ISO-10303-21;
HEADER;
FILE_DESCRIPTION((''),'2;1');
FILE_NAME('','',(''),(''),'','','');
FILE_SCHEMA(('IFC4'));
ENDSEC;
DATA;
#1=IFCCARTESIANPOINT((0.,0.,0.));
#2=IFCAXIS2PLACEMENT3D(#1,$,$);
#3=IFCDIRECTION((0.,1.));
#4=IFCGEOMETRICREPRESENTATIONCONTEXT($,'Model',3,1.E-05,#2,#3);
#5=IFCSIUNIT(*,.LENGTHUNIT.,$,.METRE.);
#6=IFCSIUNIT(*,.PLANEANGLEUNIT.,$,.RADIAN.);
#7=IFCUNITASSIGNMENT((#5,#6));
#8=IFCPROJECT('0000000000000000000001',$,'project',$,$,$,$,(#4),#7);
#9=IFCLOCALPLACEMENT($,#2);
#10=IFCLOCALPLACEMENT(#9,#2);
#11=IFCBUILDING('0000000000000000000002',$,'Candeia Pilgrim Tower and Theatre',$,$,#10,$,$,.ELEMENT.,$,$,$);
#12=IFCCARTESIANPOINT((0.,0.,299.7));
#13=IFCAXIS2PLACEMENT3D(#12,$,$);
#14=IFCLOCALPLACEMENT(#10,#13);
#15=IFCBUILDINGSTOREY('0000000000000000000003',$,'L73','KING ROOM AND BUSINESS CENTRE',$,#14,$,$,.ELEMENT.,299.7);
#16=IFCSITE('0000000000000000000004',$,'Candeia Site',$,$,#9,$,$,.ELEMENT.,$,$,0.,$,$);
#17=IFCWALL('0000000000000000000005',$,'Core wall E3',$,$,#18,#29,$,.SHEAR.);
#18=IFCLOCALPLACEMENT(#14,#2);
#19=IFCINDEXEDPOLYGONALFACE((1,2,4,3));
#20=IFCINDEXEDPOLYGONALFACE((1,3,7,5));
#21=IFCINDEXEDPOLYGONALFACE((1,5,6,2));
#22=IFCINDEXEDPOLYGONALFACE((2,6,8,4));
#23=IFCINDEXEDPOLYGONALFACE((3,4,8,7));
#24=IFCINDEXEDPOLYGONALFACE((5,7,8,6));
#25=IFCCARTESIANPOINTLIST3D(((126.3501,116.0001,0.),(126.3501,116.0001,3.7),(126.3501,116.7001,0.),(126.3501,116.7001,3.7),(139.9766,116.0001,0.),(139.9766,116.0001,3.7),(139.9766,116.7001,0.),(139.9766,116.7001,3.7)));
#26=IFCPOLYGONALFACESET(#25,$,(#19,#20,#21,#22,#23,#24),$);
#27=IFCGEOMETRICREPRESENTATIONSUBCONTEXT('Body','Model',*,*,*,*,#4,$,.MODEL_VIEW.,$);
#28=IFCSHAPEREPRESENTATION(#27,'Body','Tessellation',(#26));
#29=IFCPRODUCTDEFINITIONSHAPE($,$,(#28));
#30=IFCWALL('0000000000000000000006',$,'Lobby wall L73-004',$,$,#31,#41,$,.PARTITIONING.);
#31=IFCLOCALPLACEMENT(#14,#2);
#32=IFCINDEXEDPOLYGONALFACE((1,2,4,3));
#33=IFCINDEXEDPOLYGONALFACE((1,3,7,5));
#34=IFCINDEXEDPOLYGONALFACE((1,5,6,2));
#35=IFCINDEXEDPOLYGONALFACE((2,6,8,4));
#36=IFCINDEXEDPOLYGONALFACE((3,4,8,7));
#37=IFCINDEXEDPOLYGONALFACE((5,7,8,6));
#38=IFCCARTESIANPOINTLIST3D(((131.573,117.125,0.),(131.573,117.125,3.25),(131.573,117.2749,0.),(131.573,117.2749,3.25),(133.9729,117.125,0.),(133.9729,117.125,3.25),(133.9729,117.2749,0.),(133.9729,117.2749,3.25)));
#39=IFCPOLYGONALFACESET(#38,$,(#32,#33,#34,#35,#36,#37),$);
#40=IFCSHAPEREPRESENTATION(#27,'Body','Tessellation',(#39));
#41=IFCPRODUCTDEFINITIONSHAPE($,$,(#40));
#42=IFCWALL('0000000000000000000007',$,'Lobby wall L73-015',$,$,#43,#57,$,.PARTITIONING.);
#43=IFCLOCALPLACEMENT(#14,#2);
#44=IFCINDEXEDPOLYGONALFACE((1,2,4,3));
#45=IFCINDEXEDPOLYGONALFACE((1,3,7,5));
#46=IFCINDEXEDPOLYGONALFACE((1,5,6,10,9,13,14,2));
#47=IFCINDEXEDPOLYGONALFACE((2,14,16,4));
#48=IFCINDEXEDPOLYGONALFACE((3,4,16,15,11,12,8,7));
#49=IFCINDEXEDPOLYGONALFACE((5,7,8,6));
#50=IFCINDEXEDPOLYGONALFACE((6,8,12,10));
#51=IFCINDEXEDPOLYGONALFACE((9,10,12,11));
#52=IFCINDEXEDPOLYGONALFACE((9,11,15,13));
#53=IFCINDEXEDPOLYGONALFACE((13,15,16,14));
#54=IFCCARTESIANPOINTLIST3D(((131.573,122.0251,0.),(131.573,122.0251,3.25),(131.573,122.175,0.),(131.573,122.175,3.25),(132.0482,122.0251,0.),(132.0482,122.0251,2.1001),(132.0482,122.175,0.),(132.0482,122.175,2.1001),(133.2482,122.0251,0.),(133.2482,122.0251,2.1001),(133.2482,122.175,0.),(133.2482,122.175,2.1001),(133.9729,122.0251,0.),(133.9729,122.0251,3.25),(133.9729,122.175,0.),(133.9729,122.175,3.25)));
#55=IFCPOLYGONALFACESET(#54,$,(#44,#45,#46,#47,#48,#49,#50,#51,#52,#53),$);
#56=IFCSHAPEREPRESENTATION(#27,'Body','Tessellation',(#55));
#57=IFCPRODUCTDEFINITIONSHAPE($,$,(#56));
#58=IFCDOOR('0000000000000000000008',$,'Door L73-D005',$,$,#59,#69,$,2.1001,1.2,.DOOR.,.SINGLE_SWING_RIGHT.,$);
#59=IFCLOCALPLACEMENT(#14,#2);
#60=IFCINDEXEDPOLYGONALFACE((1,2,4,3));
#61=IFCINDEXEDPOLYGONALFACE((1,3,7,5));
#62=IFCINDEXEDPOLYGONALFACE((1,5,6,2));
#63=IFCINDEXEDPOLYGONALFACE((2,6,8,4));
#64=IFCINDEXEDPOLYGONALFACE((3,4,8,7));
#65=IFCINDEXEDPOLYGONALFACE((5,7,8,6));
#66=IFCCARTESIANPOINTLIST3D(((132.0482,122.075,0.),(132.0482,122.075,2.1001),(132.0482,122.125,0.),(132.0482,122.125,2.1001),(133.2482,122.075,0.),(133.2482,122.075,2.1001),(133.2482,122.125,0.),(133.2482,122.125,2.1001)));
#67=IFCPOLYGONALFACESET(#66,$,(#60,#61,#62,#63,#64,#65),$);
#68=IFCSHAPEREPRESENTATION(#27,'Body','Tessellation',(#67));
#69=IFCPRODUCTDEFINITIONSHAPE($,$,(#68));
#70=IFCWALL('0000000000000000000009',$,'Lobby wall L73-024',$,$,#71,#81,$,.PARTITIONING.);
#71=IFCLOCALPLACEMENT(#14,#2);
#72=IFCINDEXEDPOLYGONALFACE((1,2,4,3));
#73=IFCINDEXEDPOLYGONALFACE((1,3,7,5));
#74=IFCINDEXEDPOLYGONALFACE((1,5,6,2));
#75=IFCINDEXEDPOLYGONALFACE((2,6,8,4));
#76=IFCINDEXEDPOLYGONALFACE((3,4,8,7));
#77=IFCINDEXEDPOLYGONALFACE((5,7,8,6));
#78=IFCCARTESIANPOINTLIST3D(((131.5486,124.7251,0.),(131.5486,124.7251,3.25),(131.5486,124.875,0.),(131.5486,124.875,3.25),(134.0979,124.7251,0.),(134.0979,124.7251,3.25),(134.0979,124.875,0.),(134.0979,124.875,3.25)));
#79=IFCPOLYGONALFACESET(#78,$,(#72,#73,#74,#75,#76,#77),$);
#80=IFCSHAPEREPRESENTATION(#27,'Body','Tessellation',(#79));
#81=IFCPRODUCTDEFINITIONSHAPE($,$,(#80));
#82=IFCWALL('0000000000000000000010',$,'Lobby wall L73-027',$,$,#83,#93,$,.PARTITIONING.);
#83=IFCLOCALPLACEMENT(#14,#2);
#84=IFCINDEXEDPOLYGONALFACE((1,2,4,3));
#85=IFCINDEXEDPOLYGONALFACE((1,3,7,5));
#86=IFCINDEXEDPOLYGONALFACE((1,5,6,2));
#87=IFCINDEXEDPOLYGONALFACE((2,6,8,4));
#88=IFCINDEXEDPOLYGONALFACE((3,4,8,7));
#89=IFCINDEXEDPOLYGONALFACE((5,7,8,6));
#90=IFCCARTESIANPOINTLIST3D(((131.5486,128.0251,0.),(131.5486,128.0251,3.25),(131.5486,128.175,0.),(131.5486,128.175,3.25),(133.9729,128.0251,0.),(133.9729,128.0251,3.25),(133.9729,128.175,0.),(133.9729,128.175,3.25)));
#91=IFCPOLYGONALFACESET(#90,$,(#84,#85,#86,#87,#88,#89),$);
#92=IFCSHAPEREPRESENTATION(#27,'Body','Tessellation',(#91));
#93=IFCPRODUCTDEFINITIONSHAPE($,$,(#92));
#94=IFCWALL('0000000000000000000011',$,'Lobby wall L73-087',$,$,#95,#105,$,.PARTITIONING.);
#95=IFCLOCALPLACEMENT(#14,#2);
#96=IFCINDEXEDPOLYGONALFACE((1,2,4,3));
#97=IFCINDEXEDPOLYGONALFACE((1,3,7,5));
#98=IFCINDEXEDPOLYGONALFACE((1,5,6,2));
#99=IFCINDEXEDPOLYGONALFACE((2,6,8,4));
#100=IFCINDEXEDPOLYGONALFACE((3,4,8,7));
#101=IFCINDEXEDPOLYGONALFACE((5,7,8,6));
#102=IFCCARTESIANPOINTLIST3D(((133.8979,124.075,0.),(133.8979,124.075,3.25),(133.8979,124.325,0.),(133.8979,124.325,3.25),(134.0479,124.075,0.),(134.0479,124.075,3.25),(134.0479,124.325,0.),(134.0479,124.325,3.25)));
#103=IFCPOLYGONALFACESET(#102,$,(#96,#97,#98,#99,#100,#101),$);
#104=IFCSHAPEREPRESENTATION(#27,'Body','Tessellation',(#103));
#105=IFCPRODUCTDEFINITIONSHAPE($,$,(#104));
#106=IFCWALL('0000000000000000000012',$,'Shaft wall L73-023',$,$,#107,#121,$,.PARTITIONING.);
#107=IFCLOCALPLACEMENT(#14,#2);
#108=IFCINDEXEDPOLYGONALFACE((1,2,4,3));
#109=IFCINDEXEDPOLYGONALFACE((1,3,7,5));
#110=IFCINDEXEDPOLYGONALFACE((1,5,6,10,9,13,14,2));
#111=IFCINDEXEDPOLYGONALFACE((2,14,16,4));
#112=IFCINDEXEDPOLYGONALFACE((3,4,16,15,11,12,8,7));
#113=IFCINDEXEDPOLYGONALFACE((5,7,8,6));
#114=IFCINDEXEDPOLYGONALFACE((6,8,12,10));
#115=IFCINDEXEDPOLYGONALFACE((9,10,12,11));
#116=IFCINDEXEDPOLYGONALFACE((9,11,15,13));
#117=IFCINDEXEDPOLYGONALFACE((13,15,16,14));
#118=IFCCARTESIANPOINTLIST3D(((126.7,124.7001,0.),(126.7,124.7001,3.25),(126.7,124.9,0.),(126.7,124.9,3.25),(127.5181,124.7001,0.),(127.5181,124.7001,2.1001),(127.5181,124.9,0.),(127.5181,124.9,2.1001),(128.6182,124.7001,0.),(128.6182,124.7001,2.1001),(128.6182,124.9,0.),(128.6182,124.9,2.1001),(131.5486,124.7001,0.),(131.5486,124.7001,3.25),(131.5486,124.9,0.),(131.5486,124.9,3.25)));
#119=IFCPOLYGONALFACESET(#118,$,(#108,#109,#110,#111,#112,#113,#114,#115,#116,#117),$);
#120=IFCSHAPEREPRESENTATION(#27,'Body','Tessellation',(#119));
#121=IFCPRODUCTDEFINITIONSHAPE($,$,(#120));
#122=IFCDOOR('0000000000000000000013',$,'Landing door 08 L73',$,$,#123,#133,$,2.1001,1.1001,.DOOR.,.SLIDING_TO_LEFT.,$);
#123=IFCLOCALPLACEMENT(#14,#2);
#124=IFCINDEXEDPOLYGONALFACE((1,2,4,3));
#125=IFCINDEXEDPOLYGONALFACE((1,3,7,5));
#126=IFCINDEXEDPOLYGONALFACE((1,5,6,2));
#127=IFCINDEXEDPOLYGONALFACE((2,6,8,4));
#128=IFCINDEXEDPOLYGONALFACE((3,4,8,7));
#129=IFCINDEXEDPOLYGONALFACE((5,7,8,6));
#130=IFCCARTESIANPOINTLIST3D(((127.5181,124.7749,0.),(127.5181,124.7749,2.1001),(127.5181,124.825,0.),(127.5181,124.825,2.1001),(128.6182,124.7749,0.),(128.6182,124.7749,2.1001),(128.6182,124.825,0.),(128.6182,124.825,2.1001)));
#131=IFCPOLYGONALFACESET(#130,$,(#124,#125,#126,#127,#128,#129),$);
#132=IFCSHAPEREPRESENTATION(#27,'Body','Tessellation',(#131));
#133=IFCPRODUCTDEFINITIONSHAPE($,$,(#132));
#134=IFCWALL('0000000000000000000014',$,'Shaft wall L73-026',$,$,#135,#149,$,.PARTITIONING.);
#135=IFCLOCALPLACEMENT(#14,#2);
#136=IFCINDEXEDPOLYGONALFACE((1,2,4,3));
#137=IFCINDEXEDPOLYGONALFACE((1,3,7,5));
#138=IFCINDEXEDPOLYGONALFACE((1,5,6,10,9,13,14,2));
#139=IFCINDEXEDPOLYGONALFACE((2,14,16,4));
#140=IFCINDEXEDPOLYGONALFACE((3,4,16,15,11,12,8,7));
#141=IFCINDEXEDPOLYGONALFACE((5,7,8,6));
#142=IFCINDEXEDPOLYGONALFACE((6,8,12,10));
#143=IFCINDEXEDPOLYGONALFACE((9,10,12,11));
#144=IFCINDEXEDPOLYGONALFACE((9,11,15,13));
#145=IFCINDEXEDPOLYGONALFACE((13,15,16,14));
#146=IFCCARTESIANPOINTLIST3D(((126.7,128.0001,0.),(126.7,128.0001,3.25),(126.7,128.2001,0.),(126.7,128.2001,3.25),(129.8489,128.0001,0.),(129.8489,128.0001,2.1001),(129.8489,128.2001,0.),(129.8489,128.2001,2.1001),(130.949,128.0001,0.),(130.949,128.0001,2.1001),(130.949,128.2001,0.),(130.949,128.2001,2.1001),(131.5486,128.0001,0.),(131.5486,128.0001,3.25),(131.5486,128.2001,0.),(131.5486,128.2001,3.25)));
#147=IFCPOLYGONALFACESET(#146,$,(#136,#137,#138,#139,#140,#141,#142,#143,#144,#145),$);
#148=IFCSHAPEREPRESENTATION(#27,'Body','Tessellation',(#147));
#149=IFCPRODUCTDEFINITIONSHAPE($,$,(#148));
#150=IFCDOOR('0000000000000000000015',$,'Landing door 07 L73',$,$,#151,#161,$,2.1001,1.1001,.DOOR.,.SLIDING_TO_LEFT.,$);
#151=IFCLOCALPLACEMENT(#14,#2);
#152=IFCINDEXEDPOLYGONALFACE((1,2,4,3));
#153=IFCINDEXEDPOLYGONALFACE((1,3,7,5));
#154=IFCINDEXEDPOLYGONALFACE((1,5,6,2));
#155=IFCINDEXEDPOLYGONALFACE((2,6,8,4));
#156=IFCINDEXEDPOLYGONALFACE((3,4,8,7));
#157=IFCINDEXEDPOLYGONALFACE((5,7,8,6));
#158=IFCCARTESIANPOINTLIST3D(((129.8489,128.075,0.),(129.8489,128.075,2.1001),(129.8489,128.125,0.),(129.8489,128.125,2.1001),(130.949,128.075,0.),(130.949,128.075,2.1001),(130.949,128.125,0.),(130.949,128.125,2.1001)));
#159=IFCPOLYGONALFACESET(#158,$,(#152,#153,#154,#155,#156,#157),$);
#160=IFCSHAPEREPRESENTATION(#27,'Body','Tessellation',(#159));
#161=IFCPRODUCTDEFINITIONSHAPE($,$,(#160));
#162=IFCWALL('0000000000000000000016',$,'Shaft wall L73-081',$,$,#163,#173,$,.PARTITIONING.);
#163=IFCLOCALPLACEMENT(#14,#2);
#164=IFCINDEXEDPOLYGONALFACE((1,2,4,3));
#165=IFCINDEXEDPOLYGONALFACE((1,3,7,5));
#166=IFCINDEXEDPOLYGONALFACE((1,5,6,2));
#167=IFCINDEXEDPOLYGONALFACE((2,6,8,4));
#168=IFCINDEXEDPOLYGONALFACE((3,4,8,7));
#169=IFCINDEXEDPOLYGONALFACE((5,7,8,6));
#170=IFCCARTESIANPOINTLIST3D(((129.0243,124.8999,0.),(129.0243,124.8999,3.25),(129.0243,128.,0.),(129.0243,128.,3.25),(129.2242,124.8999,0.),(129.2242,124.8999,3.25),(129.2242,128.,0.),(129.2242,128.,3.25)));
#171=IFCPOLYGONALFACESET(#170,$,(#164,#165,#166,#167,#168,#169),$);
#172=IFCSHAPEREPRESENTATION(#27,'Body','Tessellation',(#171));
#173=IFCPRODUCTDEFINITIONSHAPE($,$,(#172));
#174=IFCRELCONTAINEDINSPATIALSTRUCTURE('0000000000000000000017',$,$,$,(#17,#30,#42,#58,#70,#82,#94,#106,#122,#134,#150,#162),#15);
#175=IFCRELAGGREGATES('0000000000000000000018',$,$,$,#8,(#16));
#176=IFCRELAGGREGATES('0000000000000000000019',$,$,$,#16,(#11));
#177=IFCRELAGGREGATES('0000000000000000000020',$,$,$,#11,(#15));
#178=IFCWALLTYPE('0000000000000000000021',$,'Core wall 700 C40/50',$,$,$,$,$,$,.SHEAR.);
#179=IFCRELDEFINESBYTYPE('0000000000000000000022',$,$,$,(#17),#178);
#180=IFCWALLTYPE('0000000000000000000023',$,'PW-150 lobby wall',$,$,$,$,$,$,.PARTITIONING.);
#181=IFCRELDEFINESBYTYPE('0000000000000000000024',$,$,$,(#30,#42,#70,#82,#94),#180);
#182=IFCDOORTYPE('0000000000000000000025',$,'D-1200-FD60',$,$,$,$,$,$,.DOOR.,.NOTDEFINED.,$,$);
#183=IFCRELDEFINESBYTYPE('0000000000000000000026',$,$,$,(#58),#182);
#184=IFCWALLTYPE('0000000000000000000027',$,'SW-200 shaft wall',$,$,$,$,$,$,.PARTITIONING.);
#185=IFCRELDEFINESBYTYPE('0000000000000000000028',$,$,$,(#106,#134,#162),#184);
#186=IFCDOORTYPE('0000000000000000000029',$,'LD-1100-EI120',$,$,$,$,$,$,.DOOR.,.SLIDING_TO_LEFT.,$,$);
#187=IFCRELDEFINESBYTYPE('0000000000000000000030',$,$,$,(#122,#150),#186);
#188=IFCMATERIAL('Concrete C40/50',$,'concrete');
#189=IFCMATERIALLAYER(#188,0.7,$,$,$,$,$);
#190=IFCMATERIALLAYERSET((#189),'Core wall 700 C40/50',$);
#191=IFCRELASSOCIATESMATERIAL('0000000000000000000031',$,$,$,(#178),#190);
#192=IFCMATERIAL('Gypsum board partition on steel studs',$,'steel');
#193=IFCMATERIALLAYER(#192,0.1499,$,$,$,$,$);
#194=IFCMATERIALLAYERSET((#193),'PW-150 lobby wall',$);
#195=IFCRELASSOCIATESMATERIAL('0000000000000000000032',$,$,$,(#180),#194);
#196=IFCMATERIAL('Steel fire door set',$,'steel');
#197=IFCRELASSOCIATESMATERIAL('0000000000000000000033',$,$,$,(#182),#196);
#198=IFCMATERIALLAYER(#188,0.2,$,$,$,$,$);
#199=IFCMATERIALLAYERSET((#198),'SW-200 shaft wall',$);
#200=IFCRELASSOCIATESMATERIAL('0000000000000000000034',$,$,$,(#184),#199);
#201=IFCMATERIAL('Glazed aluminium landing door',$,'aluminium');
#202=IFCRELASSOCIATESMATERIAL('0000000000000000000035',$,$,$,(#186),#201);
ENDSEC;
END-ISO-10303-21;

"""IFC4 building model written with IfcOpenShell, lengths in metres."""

from ifc_helpers import new_model, si_unit, direction, frame, frame_2d, origin, place, context, subcontext, project, spatial, rectangle, extrude, material, layer, layer_set, type_object, element, fill, save


model = new_model("IFC4")

# Units and contexts
model_context = context("Model", 3, precision=1e-05, world=origin(), true_north=direction((0.0, 1.0)))
body_context = subcontext(model_context, "Body", "Model", "MODEL_VIEW")
ifc_project = project(units=[si_unit("LENGTHUNIT", "METRE"), si_unit("PLANEANGLEUNIT", "RADIAN")], contexts=[model_context])

# Site, building, storey
site_placement = place(None, origin())
site = spatial("IfcSite", under=ifc_project, at=site_placement, Name="Candeia Site", CompositionType="ELEMENT", RefElevation=0.0)
building_placement = place(site_placement, origin())
building = spatial("IfcBuilding", under=site, at=building_placement, Name="Candeia Pilgrim Tower and Theatre", CompositionType="ELEMENT")
storey_placement = place(building_placement, frame((0.0, 0.0, 299.7)))
storey = spatial("IfcBuildingStorey", under=building, at=storey_placement, Name="L73", Description="KING ROOM AND BUSINESS CENTRE", CompositionType="ELEMENT", Elevation=299.7)

# Walls
ifc_material_1 = material(Name="Concrete C40/50", Category="concrete")
ifc_layer_1 = layer(ifc_material_1, 0.7)
ifc_layer_set_1 = layer_set([ifc_layer_1], Name="Core wall 700 C40/50")
wall_type_1 = type_object("IfcWallType", Name="Core wall 700 C40/50", PredefinedType="SHEAR", material=ifc_layer_set_1)
wall_1_placement = place(storey_placement, frame((139.9766, 116.3501, 0.0), z_axis=(0.0, 0.0, 1.0), x_axis=(-1.0, 0.0, 0.0)))
element("IfcWall", 1, at=wall_1_placement, inside=storey, type_object=wall_type_1, Name="Core wall E3", PredefinedType="SHEAR", context=body_context, shape_type="SweptSolid", body=[
    extrude(rectangle(XDim=13.6265, YDim=0.7, at=frame_2d((6.8132, 0.0))), origin(), (0.0, 0.0, 1.0), 3.7),
])
ifc_material_2 = material(Name="Gypsum board partition on steel studs", Category="steel")
ifc_layer_2 = layer(ifc_material_2, 0.1499)
ifc_layer_set_2 = layer_set([ifc_layer_2], Name="PW-150 lobby wall")
wall_type_2 = type_object("IfcWallType", Name="PW-150 lobby wall", PredefinedType="PARTITIONING", material=ifc_layer_set_2)
wall_2_placement = place(storey_placement, frame((131.573, 117.2, 0.0), z_axis=(0.0, 0.0, 1.0), x_axis=(1.0, 0.0, 0.0)))
element("IfcWall", 2, at=wall_2_placement, inside=storey, type_object=wall_type_2, Name="Lobby wall L73-004", PredefinedType="PARTITIONING", context=body_context, shape_type="SweptSolid", body=[
    extrude(rectangle(XDim=2.3999, YDim=0.1499, at=frame_2d((1.2, 0.0))), origin(), (0.0, 0.0, 1.0), 3.25),
])

# Wall, opening, door
wall_3_placement = place(storey_placement, frame((131.573, 122.1001, 0.0), z_axis=(0.0, 0.0, 1.0), x_axis=(1.0, 0.0, 0.0)))
wall_3 = element("IfcWall", 3, at=wall_3_placement, inside=storey, type_object=wall_type_2, Name="Lobby wall L73-015", PredefinedType="PARTITIONING", context=body_context, shape_type="SweptSolid", body=[
    extrude(rectangle(XDim=2.3999, YDim=0.1499, at=frame_2d((1.2, 0.0))), origin(), (0.0, 0.0, 1.0), 3.25),
])
opening_1_placement = place(wall_3_placement, frame((0.4751, 0.0, 0.0)))
opening_1 = element("IfcOpeningElement", 4, at=opening_1_placement, cuts=wall_3, PredefinedType="OPENING", context=body_context, shape_type="SweptSolid", body=[
    extrude(rectangle(XDim=1.2, YDim=2.1001, at=frame_2d((0.6001, 1.05))), frame((0.0, 0.085, 0.0), z_axis=(0.0, -1.0, 0.0), x_axis=(1.0, 0.0, 0.0)), (0.0, 0.0, 1.0), 0.1699),
])
ifc_material_3 = material(Name="Steel fire door set", Category="steel")
door_type_1 = type_object("IfcDoorType", Name="D-1200-FD60", OperationType="NOTDEFINED", PredefinedType="DOOR", material=ifc_material_3)
door_1_placement = place(opening_1_placement, origin())
door_1 = element("IfcDoor", 5, at=door_1_placement, inside=storey, type_object=door_type_1, Name="Door L73-D005", OperationType="SINGLE_SWING_RIGHT", OverallHeight=2.1001, OverallWidth=1.2, PredefinedType="DOOR", context=body_context, shape_type="SweptSolid", body=[
    extrude(rectangle(XDim=1.2, YDim=2.1001, at=frame_2d((0.6001, 1.05))), frame((0.0, 0.0249, 0.0), z_axis=(0.0, -1.0, 0.0), x_axis=(1.0, 0.0, 0.0)), (0.0, 0.0, 1.0), 0.05),
])
fill(opening_1, door_1)

# Walls
wall_4_placement = place(storey_placement, frame((131.5486, 124.8, 0.0), z_axis=(0.0, 0.0, 1.0), x_axis=(1.0, 0.0, 0.0)))
element("IfcWall", 6, at=wall_4_placement, inside=storey, type_object=wall_type_2, Name="Lobby wall L73-024", PredefinedType="PARTITIONING", context=body_context, shape_type="SweptSolid", body=[
    extrude(rectangle(XDim=2.5493, YDim=0.1499, at=frame_2d((1.2747, 0.0))), origin(), (0.0, 0.0, 1.0), 3.25),
])
wall_5_placement = place(storey_placement, frame((131.5486, 128.1001, 0.0), z_axis=(0.0, 0.0, 1.0), x_axis=(1.0, 0.0, 0.0)))
element("IfcWall", 7, at=wall_5_placement, inside=storey, type_object=wall_type_2, Name="Lobby wall L73-027", PredefinedType="PARTITIONING", context=body_context, shape_type="SweptSolid", body=[
    extrude(rectangle(XDim=2.4243, YDim=0.1499, at=frame_2d((1.2122, 0.0))), origin(), (0.0, 0.0, 1.0), 3.25),
])
wall_6_placement = place(storey_placement, frame((133.9729, 124.075, 0.0), z_axis=(0.0, 0.0, 1.0), x_axis=(0.0, 1.0, 0.0)))
element("IfcWall", 8, at=wall_6_placement, inside=storey, type_object=wall_type_2, Name="Lobby wall L73-087", PredefinedType="PARTITIONING", context=body_context, shape_type="SweptSolid", body=[
    extrude(rectangle(XDim=0.25, YDim=0.1499, at=frame_2d((0.125, 0.0))), origin(), (0.0, 0.0, 1.0), 3.25),
])

# Walls, openings, doors
ifc_layer_3 = layer(ifc_material_1, 0.2)
ifc_layer_set_3 = layer_set([ifc_layer_3], Name="SW-200 shaft wall")
wall_type_3 = type_object("IfcWallType", Name="SW-200 shaft wall", PredefinedType="PARTITIONING", material=ifc_layer_set_3)
wall_7_placement = place(storey_placement, frame((126.7, 124.8, 0.0), z_axis=(0.0, 0.0, 1.0), x_axis=(1.0, 0.0, 0.0)))
wall_7 = element("IfcWall", 9, at=wall_7_placement, inside=storey, type_object=wall_type_3, Name="Shaft wall L73-023", PredefinedType="PARTITIONING", context=body_context, shape_type="SweptSolid", body=[
    extrude(rectangle(XDim=4.8486, YDim=0.2, at=frame_2d((2.4243, 0.0))), origin(), (0.0, 0.0, 1.0), 3.25),
])
opening_2_placement = place(wall_7_placement, frame((0.8181, 0.0, 0.0)))
opening_2 = element("IfcOpeningElement", 10, at=opening_2_placement, cuts=wall_7, PredefinedType="OPENING", context=body_context, shape_type="SweptSolid", body=[
    extrude(rectangle(XDim=1.1001, YDim=2.1001, at=frame_2d((0.55, 1.05))), frame((0.0, 0.1099, 0.0), z_axis=(0.0, -1.0, 0.0), x_axis=(1.0, 0.0, 0.0)), (0.0, 0.0, 1.0), 0.22),
])
ifc_material_4 = material(Name="Glazed aluminium landing door", Category="aluminium")
door_type_2 = type_object("IfcDoorType", Name="LD-1100-EI120", OperationType="SLIDING_TO_LEFT", PredefinedType="DOOR", material=ifc_material_4)
door_2_placement = place(opening_2_placement, origin())
door_2 = element("IfcDoor", 11, at=door_2_placement, inside=storey, type_object=door_type_2, Name="Landing door 08 L73", OperationType="SLIDING_TO_LEFT", OverallHeight=2.1001, OverallWidth=1.1001, PredefinedType="DOOR", context=body_context, shape_type="SweptSolid", body=[
    extrude(rectangle(XDim=1.1001, YDim=2.1001, at=frame_2d((0.55, 1.05))), frame((0.0, 0.0249, 0.0), z_axis=(0.0, -1.0, 0.0), x_axis=(1.0, 0.0, 0.0)), (0.0, 0.0, 1.0), 0.05),
])
fill(opening_2, door_2)
wall_8_placement = place(storey_placement, frame((126.7, 128.1001, 0.0), z_axis=(0.0, 0.0, 1.0), x_axis=(1.0, 0.0, 0.0)))
wall_8 = element("IfcWall", 12, at=wall_8_placement, inside=storey, type_object=wall_type_3, Name="Shaft wall L73-026", PredefinedType="PARTITIONING", context=body_context, shape_type="SweptSolid", body=[
    extrude(rectangle(XDim=4.8486, YDim=0.2, at=frame_2d((2.4243, 0.0))), origin(), (0.0, 0.0, 1.0), 3.25),
])
opening_3_placement = place(wall_8_placement, frame((3.1489, 0.0, 0.0)))
opening_3 = element("IfcOpeningElement", 13, at=opening_3_placement, cuts=wall_8, PredefinedType="OPENING", context=body_context, shape_type="SweptSolid", body=[
    extrude(rectangle(XDim=1.1001, YDim=2.1001, at=frame_2d((0.55, 1.05))), frame((0.0, 0.1099, 0.0), z_axis=(0.0, -1.0, 0.0), x_axis=(1.0, 0.0, 0.0)), (0.0, 0.0, 1.0), 0.22),
])
door_3_placement = place(opening_3_placement, origin())
door_3 = element("IfcDoor", 14, at=door_3_placement, inside=storey, type_object=door_type_2, Name="Landing door 07 L73", OperationType="SLIDING_TO_LEFT", OverallHeight=2.1001, OverallWidth=1.1001, PredefinedType="DOOR", context=body_context, shape_type="SweptSolid", body=[
    extrude(rectangle(XDim=1.1001, YDim=2.1001, at=frame_2d((0.55, 1.05))), frame((0.0, 0.0249, 0.0), z_axis=(0.0, -1.0, 0.0), x_axis=(1.0, 0.0, 0.0)), (0.0, 0.0, 1.0), 0.05),
])
fill(opening_3, door_3)

# Wall
for number, where, z_axis, x_axis, name in (
    (15, (129.1243, 124.8999, 0.0), (0.0, 0.0, 1.0), (0.0, 1.0, 0.0), "Shaft wall L73-081"),
):
    element("IfcWall", number, at=place(storey_placement, frame(where, z_axis=z_axis, x_axis=x_axis)), inside=storey, type_object=wall_type_3, Name=name, PredefinedType="PARTITIONING", context=body_context, shape_type="SweptSolid", body=[
        extrude(rectangle(XDim=3.1001, YDim=0.2, at=frame_2d((1.55, 0.0))), origin(), (0.0, 0.0, 1.0), 3.25),
    ])

save(model, "model.ifc")
